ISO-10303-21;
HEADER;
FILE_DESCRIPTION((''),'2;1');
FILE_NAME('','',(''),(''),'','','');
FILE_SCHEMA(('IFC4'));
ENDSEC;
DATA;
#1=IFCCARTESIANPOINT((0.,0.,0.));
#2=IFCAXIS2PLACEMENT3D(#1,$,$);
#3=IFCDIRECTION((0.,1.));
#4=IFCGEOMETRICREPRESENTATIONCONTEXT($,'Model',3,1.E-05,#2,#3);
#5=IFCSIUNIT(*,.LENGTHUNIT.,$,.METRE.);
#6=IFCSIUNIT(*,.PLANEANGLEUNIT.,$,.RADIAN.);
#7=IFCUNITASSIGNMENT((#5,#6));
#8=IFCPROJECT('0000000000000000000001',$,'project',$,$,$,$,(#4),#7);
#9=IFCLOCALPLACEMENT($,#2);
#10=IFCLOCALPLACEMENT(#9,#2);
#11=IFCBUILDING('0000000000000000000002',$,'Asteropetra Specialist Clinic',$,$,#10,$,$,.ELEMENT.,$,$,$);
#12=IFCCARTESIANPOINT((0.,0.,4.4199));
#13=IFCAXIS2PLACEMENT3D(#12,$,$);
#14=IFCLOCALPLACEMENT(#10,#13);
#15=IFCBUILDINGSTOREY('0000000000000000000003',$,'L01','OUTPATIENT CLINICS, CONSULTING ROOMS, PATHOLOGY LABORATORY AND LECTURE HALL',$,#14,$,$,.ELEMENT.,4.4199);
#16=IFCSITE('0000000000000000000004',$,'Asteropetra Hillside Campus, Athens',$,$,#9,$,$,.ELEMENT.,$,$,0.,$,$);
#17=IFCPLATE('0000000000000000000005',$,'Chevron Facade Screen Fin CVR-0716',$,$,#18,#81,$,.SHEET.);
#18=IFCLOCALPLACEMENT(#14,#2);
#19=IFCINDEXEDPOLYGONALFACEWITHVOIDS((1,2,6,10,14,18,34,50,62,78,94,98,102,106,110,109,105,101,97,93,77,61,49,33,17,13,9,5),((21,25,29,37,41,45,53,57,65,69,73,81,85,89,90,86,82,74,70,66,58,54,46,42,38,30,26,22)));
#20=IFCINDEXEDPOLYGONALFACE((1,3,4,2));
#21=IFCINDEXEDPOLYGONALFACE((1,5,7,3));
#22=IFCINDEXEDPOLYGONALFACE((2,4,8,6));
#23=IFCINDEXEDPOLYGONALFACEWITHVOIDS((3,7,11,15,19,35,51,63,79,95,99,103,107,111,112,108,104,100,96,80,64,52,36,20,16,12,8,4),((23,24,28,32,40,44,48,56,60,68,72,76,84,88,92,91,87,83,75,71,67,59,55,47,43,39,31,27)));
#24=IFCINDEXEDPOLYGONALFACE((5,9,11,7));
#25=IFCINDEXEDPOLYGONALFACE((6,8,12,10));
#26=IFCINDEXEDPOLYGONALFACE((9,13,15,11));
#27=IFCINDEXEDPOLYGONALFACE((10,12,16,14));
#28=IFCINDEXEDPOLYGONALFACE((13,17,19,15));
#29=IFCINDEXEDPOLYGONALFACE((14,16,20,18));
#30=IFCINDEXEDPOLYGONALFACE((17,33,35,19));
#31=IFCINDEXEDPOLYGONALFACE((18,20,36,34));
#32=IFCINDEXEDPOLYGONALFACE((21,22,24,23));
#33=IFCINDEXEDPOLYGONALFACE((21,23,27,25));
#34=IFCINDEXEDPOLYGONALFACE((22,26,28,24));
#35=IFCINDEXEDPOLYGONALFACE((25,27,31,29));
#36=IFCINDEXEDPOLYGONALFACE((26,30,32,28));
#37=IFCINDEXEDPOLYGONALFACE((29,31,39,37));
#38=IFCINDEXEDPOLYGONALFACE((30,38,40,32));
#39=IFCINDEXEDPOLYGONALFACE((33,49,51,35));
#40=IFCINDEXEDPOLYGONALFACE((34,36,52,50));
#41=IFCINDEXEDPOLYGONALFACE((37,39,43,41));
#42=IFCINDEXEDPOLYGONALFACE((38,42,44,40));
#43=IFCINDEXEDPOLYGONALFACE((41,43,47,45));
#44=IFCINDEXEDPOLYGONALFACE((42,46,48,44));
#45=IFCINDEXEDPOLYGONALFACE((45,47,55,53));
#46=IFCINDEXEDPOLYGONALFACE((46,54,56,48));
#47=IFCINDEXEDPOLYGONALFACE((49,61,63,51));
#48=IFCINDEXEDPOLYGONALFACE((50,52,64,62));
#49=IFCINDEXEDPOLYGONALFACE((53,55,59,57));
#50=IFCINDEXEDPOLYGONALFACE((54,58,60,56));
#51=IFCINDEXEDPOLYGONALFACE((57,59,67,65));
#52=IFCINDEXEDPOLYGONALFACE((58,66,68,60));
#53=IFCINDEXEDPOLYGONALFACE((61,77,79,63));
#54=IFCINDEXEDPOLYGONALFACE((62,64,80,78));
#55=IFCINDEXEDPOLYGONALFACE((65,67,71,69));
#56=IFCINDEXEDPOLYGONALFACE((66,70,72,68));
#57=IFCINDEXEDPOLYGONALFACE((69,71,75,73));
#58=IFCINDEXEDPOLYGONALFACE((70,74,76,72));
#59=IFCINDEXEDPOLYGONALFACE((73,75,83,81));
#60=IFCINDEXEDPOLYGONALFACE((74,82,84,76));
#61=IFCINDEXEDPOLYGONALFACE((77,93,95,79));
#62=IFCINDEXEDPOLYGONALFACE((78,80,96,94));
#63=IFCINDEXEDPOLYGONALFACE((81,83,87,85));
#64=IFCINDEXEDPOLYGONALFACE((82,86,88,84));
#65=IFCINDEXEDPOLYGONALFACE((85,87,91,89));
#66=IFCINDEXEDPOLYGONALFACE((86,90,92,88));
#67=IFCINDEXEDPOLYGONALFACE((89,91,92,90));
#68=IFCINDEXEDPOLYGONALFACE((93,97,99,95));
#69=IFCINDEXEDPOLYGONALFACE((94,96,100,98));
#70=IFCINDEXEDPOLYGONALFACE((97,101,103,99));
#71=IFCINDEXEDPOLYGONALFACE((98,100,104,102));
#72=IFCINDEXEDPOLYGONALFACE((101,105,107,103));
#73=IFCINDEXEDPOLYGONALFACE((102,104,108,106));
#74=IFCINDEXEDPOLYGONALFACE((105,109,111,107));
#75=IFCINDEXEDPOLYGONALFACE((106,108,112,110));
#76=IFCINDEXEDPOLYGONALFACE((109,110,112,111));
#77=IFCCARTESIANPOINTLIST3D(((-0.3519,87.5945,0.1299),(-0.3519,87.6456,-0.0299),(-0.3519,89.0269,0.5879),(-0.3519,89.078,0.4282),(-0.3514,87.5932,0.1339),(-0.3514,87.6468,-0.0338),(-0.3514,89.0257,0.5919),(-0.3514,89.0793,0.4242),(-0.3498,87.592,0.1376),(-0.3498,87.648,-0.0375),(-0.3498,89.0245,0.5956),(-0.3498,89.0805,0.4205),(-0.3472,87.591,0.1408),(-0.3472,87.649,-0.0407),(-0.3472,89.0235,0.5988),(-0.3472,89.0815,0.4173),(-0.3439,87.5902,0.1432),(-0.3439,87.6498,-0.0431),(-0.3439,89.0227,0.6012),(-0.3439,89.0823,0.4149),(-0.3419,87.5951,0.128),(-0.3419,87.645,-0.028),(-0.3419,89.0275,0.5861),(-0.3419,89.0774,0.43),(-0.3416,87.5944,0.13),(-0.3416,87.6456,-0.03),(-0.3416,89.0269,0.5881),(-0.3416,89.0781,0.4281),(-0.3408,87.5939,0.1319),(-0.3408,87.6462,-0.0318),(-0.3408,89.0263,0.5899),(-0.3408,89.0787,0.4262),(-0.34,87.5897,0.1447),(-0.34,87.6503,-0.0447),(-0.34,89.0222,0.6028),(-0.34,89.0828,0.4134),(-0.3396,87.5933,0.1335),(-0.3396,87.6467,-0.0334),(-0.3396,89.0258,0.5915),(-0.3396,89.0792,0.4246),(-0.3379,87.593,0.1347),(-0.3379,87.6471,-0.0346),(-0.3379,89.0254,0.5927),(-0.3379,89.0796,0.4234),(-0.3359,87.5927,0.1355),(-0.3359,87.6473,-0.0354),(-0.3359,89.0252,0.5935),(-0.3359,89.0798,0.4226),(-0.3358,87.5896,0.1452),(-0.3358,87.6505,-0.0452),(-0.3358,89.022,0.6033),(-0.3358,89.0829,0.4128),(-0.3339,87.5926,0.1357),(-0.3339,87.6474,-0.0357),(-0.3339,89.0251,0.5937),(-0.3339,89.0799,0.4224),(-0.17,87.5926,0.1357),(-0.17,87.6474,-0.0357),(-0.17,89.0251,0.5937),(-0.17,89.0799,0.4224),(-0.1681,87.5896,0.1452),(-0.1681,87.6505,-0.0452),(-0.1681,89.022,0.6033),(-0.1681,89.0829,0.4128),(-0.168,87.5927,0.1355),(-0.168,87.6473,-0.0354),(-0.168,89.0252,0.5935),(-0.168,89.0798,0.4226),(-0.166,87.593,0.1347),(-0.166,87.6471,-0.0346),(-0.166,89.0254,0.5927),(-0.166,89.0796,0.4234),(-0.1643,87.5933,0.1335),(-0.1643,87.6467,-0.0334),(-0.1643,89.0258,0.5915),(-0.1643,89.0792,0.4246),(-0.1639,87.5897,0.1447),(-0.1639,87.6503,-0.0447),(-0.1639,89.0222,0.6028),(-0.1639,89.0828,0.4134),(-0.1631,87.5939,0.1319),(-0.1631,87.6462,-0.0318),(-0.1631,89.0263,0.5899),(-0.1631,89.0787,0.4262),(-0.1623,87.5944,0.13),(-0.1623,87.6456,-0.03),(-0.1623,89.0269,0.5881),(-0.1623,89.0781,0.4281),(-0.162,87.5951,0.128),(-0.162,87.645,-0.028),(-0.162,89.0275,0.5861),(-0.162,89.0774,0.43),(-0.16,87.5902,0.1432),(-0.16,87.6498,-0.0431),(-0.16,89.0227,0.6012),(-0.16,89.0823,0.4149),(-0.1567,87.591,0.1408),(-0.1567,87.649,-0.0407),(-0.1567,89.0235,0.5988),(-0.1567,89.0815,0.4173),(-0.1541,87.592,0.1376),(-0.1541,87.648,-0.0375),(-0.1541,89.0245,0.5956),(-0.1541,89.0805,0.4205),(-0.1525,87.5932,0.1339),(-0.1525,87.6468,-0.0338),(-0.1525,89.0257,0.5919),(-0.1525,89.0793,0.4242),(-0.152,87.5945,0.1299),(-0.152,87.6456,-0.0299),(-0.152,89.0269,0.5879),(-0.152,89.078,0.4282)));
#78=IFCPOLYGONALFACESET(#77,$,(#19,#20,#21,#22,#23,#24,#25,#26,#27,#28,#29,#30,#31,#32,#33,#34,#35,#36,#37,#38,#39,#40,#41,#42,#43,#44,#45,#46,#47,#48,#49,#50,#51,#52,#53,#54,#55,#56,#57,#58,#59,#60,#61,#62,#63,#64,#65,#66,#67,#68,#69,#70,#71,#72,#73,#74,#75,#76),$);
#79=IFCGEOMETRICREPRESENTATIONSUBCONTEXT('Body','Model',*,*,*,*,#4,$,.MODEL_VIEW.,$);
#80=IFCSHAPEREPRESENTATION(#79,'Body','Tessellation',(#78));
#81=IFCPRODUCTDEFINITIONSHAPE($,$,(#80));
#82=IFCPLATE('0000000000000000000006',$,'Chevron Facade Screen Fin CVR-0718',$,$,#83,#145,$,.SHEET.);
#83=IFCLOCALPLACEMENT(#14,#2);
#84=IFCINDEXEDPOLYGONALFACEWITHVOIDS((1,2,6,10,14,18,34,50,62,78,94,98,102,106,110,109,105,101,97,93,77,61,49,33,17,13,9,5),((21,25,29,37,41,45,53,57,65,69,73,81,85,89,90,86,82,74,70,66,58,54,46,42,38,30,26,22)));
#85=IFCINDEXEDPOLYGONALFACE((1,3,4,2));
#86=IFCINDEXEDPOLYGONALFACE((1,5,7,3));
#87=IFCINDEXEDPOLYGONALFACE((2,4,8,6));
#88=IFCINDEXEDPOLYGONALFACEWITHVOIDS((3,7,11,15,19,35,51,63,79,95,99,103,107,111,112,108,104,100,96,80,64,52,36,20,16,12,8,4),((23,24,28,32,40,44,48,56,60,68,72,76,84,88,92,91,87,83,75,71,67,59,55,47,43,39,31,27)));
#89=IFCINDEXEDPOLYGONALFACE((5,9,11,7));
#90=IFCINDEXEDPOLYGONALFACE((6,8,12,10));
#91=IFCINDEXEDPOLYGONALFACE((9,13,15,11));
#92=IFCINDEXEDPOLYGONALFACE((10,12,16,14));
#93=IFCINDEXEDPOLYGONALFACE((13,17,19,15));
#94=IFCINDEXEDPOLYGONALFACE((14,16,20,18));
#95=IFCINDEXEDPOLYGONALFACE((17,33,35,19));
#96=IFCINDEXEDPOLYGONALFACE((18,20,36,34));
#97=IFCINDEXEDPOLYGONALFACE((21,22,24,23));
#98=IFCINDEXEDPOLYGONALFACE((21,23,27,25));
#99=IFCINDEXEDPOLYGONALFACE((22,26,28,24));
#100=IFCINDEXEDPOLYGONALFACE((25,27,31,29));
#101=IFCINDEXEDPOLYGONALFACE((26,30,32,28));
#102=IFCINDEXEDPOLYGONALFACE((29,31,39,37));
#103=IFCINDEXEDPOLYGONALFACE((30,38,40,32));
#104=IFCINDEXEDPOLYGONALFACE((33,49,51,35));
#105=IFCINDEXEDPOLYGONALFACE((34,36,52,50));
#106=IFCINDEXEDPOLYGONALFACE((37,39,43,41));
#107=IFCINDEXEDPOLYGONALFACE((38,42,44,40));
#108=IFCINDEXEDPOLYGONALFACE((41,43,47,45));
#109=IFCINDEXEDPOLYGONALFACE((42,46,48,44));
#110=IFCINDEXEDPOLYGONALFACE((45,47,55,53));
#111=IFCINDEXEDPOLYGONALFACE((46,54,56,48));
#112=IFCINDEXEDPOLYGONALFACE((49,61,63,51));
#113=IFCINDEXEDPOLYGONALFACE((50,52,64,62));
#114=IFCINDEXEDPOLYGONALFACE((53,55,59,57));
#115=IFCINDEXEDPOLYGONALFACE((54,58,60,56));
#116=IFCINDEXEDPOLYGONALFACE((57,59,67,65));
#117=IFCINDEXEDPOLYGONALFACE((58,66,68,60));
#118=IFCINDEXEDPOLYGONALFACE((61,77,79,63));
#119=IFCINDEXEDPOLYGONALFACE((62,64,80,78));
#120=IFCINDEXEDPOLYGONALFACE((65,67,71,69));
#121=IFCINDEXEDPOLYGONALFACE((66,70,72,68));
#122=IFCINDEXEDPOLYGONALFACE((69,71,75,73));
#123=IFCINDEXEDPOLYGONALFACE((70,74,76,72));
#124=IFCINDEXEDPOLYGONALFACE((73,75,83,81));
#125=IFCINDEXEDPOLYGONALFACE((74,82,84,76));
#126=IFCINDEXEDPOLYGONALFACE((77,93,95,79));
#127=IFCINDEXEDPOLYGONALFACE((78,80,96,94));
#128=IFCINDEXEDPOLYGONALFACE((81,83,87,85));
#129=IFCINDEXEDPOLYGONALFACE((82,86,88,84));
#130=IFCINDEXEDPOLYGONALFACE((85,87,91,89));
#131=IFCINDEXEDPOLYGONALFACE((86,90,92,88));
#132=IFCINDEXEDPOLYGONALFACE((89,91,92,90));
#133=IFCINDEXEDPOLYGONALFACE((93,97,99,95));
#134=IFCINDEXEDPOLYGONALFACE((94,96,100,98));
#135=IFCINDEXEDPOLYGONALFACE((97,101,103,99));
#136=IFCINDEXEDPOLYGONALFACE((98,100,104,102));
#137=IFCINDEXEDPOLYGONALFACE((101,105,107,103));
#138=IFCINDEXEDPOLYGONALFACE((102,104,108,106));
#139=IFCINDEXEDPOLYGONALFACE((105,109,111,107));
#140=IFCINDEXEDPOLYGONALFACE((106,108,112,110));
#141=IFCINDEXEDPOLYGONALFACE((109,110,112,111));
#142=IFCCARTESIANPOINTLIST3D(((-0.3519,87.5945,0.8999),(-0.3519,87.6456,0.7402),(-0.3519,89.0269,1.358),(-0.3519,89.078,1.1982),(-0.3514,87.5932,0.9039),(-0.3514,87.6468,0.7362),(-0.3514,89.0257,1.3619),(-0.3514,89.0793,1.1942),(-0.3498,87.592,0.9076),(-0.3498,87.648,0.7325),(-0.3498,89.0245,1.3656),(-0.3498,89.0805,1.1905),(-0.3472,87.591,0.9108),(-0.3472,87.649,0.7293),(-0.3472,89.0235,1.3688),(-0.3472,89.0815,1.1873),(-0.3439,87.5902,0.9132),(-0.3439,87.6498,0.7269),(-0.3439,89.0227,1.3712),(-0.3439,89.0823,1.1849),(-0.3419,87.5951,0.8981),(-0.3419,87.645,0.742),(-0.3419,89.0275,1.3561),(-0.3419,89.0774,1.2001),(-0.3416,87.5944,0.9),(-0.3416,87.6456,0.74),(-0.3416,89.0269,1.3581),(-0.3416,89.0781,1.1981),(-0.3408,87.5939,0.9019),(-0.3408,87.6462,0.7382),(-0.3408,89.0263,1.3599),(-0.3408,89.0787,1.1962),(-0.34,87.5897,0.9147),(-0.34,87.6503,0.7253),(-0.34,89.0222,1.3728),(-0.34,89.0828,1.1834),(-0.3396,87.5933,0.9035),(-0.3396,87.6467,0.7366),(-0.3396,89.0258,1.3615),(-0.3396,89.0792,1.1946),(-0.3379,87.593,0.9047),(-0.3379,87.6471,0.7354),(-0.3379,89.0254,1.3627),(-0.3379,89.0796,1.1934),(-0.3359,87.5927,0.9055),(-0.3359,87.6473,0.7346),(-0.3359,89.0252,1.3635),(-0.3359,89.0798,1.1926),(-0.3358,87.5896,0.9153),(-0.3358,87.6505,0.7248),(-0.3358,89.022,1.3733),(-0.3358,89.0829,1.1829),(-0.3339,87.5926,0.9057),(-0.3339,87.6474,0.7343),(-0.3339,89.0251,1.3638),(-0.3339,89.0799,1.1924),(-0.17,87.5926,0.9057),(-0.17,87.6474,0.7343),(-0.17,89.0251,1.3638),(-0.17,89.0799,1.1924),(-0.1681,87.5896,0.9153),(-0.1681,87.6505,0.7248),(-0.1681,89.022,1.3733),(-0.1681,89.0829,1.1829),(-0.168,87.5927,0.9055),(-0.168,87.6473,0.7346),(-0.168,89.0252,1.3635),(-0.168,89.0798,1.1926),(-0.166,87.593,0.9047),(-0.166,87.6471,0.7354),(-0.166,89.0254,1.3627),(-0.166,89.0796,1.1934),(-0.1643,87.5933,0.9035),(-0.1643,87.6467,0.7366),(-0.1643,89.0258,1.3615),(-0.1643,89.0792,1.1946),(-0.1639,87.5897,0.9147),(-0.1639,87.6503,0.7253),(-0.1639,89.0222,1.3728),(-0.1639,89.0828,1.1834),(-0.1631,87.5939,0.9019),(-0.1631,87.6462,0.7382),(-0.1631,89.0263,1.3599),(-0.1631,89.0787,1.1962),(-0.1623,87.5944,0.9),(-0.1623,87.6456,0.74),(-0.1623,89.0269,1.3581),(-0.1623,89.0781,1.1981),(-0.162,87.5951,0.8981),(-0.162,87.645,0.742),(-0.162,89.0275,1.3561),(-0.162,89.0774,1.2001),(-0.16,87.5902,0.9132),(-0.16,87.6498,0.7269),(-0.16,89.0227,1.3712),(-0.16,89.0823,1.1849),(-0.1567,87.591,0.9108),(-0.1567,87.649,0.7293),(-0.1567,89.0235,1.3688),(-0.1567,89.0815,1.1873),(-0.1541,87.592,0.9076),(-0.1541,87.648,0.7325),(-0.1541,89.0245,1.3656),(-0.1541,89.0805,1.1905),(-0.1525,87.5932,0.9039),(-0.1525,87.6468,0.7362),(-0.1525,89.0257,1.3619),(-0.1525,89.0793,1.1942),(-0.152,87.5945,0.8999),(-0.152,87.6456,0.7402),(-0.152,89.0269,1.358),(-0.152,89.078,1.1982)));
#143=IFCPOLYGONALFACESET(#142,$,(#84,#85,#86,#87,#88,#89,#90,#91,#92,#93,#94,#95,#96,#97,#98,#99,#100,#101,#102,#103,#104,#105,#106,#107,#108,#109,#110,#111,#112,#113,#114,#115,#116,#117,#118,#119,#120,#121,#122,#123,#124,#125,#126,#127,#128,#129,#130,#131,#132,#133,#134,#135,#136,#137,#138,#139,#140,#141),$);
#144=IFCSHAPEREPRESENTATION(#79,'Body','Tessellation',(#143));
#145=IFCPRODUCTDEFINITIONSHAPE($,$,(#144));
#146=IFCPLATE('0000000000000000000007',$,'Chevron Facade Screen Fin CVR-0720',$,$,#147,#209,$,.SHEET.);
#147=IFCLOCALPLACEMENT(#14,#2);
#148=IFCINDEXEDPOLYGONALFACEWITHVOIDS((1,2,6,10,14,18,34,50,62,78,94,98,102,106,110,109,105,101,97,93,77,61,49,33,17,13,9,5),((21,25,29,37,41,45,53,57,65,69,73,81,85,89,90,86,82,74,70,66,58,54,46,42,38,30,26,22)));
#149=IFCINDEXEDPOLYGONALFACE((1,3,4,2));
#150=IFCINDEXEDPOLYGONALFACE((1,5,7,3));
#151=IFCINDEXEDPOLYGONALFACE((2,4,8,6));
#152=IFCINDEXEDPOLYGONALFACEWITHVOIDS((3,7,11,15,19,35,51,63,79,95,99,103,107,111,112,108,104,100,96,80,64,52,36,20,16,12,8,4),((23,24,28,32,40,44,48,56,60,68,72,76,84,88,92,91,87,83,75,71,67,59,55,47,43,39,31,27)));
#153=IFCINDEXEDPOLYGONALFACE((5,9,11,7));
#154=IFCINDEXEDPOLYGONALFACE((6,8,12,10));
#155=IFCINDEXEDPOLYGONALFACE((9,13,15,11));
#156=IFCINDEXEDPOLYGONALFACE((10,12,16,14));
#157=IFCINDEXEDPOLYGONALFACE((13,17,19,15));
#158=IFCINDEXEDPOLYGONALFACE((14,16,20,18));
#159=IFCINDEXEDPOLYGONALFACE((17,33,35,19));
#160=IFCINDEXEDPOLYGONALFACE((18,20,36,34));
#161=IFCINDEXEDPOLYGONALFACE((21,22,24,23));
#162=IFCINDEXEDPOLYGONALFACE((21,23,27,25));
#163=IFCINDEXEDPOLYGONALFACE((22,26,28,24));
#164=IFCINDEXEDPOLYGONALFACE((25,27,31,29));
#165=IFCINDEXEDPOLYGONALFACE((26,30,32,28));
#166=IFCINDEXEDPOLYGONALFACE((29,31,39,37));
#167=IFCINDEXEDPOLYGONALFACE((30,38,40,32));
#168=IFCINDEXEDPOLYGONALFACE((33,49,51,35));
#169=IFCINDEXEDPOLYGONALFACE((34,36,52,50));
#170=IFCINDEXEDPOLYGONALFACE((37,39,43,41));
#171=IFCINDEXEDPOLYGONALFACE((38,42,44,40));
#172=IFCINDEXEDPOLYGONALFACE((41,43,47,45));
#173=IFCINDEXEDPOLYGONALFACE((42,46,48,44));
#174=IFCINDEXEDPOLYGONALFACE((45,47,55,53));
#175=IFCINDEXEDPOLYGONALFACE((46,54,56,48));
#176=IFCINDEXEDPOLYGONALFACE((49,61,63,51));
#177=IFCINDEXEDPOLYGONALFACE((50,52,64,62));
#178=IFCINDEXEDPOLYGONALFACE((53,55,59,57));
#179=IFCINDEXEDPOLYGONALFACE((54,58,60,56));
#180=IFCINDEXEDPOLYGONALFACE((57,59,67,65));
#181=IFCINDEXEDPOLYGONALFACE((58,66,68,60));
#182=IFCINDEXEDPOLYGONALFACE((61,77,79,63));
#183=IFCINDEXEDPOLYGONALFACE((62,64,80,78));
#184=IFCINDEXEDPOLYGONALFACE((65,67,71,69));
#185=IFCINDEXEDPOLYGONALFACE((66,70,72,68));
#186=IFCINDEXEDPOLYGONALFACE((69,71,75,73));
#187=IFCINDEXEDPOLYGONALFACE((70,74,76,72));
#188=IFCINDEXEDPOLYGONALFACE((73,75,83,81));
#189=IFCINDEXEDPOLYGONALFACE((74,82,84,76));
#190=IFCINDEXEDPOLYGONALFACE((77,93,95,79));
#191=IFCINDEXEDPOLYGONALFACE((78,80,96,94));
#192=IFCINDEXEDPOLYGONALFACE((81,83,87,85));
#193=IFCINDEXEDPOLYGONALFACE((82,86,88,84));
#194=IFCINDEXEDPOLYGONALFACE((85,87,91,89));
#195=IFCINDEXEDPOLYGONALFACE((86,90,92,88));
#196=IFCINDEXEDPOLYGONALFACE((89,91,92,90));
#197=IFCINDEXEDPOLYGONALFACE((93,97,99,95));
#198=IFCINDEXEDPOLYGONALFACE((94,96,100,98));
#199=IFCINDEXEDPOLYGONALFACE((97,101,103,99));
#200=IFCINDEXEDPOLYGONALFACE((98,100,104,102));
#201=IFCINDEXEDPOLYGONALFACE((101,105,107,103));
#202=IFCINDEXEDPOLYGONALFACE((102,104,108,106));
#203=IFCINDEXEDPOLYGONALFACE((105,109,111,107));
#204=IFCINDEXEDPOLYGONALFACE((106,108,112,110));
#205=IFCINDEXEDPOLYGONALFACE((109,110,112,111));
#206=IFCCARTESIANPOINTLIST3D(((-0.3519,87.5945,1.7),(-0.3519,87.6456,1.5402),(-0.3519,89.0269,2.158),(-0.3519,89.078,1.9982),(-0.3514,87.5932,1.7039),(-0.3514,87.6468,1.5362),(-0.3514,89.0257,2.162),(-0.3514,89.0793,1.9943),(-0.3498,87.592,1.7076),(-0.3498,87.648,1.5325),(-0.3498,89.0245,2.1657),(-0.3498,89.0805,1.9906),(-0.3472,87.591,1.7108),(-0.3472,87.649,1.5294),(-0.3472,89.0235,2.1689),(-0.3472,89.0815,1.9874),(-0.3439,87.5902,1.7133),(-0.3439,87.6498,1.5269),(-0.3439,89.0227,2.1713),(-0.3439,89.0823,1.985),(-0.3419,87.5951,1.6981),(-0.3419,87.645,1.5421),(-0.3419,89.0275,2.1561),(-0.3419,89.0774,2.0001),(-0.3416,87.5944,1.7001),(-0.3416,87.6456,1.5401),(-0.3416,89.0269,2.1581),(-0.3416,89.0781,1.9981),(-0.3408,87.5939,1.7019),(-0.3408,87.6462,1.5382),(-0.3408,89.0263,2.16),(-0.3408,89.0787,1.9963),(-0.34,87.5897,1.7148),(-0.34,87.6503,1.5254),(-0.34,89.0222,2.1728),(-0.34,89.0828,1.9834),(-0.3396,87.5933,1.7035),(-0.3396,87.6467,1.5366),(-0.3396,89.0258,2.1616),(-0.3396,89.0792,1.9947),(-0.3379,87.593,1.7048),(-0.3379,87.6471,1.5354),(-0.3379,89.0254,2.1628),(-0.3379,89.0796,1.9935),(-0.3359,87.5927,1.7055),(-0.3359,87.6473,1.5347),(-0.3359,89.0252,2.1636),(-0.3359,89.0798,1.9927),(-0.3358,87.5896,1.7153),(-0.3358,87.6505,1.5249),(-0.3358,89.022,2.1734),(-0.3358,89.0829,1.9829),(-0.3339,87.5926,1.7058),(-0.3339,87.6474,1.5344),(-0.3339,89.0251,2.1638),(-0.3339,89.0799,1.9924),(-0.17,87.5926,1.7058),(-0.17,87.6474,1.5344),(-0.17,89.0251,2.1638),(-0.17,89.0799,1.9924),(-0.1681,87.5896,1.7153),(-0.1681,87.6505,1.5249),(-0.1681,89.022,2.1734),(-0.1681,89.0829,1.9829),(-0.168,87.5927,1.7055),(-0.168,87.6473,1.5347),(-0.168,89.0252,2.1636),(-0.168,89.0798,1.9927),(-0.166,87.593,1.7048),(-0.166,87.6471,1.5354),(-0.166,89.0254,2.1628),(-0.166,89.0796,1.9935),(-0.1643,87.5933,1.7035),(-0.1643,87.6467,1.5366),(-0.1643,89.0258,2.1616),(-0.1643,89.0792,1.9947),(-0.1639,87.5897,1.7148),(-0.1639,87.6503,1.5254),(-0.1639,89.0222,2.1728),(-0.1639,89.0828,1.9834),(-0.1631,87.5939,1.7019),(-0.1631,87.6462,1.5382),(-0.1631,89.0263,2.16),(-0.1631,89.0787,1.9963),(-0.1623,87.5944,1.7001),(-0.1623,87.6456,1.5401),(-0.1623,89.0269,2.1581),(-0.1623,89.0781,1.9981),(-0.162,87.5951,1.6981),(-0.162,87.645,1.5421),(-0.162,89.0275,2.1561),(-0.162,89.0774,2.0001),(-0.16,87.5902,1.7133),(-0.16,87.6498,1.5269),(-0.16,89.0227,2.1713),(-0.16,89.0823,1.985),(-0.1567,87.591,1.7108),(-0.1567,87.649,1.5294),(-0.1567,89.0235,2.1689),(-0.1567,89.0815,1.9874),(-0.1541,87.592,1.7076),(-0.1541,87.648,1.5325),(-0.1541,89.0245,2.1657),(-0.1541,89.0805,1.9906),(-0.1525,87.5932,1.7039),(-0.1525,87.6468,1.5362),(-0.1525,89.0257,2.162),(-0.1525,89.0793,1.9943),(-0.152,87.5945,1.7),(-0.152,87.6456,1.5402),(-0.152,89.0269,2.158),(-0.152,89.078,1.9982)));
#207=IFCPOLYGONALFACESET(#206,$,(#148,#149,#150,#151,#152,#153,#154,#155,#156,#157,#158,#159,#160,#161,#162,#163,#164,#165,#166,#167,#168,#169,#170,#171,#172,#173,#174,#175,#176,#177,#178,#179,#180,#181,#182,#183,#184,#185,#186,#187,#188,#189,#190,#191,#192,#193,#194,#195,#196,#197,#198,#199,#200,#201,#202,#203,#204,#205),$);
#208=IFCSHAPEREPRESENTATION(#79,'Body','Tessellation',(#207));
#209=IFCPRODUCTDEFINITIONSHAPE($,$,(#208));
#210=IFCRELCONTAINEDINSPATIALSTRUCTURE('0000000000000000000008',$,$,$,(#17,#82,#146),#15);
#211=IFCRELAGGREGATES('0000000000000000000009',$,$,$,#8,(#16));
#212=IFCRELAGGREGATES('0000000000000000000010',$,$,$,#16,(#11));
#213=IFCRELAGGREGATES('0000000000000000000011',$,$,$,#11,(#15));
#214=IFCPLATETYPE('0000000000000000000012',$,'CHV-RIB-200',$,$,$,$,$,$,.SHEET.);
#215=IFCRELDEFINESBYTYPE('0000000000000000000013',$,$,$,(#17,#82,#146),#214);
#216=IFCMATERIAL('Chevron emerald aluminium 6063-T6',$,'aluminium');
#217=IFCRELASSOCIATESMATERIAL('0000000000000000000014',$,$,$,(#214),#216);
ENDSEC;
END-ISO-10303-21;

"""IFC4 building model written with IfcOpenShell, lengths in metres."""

from ifc_helpers import new_model, si_unit, direction, frame, origin, origin_2d, place, context, subcontext, project, spatial, hollow_rectangle, extrude, material, material_profile, profile_set, type_object, element, save


model = new_model("IFC4")

# Units and contexts
model_context = context("Model", 3, precision=1e-05, world=origin(), true_north=direction((0.0, 1.0)))
body_context = subcontext(model_context, "Body", "Model", "MODEL_VIEW")
ifc_project = project(units=[si_unit("LENGTHUNIT", "METRE"), si_unit("PLANEANGLEUNIT", "RADIAN")], contexts=[model_context])

# Site, building, storey
site_placement = place(None, origin())
site = spatial("IfcSite", under=ifc_project, at=site_placement, Name="Asteropetra Hillside Campus, Athens", CompositionType="ELEMENT", RefElevation=0.0)
building_placement = place(site_placement, origin())
building = spatial("IfcBuilding", under=site, at=building_placement, Name="Asteropetra Specialist Clinic", CompositionType="ELEMENT")
storey_placement = place(building_placement, frame((0.0, 0.0, 4.4199)))
storey = spatial("IfcBuildingStorey", under=building, at=storey_placement, Name="L01", Description="OUTPATIENT CLINICS, CONSULTING ROOMS, PATHOLOGY LABORATORY AND LECTURE HALL", CompositionType="ELEMENT", Elevation=4.4199)

# Plates
ifc_material_1 = material(Name="Chevron emerald aluminium 6063-T6", Category="aluminium")
ifc_material_profile = material_profile(ifc_material_1, hollow_rectangle(XDim=0.2, YDim=0.2, WallThickness=0.01, InnerFilletRadius=0.0081, OuterFilletRadius=0.0161, at=origin_2d()), Name="SHS 200x200x10.0")
ifc_profile_set = profile_set([ifc_material_profile], Name="Chevron emerald aluminium 6063-T6")
plate_type_1 = type_object("IfcPlateType", Name="CHV-RIB-200", PredefinedType="SHEET", material=ifc_profile_set)
for number, where, z_axis, x_axis, name in (
    (1, (-0.252, 89.0525, 0.5081), (0.0, -0.952492, -0.304564), (1.0, 0.0, 0.0), "Chevron Facade Screen Fin CVR-0716"),
    (2, (-0.252, 89.0525, 1.2781), (0.0, -0.952492, -0.304564), (1.0, 0.0, 0.0), "Chevron Facade Screen Fin CVR-0718"),
    (3, (-0.252, 89.0525, 2.0781), (0.0, -0.952492, -0.304564), (1.0, 0.0, 0.0), "Chevron Facade Screen Fin CVR-0720"),
):
    element("IfcPlate", number, at=place(storey_placement, frame(where, z_axis=z_axis, x_axis=x_axis)), inside=storey, type_object=plate_type_1, Name=name, PredefinedType="SHEET", context=body_context, shape_type="SweptSolid", body=[
        extrude(hollow_rectangle(XDim=0.2, YDim=0.2, WallThickness=0.01, InnerFilletRadius=0.0081, OuterFilletRadius=0.0161, at=origin_2d()), origin(), (0.0, 0.0, 1.0), 1.5039),
    ])

save(model, "model.ifc")
